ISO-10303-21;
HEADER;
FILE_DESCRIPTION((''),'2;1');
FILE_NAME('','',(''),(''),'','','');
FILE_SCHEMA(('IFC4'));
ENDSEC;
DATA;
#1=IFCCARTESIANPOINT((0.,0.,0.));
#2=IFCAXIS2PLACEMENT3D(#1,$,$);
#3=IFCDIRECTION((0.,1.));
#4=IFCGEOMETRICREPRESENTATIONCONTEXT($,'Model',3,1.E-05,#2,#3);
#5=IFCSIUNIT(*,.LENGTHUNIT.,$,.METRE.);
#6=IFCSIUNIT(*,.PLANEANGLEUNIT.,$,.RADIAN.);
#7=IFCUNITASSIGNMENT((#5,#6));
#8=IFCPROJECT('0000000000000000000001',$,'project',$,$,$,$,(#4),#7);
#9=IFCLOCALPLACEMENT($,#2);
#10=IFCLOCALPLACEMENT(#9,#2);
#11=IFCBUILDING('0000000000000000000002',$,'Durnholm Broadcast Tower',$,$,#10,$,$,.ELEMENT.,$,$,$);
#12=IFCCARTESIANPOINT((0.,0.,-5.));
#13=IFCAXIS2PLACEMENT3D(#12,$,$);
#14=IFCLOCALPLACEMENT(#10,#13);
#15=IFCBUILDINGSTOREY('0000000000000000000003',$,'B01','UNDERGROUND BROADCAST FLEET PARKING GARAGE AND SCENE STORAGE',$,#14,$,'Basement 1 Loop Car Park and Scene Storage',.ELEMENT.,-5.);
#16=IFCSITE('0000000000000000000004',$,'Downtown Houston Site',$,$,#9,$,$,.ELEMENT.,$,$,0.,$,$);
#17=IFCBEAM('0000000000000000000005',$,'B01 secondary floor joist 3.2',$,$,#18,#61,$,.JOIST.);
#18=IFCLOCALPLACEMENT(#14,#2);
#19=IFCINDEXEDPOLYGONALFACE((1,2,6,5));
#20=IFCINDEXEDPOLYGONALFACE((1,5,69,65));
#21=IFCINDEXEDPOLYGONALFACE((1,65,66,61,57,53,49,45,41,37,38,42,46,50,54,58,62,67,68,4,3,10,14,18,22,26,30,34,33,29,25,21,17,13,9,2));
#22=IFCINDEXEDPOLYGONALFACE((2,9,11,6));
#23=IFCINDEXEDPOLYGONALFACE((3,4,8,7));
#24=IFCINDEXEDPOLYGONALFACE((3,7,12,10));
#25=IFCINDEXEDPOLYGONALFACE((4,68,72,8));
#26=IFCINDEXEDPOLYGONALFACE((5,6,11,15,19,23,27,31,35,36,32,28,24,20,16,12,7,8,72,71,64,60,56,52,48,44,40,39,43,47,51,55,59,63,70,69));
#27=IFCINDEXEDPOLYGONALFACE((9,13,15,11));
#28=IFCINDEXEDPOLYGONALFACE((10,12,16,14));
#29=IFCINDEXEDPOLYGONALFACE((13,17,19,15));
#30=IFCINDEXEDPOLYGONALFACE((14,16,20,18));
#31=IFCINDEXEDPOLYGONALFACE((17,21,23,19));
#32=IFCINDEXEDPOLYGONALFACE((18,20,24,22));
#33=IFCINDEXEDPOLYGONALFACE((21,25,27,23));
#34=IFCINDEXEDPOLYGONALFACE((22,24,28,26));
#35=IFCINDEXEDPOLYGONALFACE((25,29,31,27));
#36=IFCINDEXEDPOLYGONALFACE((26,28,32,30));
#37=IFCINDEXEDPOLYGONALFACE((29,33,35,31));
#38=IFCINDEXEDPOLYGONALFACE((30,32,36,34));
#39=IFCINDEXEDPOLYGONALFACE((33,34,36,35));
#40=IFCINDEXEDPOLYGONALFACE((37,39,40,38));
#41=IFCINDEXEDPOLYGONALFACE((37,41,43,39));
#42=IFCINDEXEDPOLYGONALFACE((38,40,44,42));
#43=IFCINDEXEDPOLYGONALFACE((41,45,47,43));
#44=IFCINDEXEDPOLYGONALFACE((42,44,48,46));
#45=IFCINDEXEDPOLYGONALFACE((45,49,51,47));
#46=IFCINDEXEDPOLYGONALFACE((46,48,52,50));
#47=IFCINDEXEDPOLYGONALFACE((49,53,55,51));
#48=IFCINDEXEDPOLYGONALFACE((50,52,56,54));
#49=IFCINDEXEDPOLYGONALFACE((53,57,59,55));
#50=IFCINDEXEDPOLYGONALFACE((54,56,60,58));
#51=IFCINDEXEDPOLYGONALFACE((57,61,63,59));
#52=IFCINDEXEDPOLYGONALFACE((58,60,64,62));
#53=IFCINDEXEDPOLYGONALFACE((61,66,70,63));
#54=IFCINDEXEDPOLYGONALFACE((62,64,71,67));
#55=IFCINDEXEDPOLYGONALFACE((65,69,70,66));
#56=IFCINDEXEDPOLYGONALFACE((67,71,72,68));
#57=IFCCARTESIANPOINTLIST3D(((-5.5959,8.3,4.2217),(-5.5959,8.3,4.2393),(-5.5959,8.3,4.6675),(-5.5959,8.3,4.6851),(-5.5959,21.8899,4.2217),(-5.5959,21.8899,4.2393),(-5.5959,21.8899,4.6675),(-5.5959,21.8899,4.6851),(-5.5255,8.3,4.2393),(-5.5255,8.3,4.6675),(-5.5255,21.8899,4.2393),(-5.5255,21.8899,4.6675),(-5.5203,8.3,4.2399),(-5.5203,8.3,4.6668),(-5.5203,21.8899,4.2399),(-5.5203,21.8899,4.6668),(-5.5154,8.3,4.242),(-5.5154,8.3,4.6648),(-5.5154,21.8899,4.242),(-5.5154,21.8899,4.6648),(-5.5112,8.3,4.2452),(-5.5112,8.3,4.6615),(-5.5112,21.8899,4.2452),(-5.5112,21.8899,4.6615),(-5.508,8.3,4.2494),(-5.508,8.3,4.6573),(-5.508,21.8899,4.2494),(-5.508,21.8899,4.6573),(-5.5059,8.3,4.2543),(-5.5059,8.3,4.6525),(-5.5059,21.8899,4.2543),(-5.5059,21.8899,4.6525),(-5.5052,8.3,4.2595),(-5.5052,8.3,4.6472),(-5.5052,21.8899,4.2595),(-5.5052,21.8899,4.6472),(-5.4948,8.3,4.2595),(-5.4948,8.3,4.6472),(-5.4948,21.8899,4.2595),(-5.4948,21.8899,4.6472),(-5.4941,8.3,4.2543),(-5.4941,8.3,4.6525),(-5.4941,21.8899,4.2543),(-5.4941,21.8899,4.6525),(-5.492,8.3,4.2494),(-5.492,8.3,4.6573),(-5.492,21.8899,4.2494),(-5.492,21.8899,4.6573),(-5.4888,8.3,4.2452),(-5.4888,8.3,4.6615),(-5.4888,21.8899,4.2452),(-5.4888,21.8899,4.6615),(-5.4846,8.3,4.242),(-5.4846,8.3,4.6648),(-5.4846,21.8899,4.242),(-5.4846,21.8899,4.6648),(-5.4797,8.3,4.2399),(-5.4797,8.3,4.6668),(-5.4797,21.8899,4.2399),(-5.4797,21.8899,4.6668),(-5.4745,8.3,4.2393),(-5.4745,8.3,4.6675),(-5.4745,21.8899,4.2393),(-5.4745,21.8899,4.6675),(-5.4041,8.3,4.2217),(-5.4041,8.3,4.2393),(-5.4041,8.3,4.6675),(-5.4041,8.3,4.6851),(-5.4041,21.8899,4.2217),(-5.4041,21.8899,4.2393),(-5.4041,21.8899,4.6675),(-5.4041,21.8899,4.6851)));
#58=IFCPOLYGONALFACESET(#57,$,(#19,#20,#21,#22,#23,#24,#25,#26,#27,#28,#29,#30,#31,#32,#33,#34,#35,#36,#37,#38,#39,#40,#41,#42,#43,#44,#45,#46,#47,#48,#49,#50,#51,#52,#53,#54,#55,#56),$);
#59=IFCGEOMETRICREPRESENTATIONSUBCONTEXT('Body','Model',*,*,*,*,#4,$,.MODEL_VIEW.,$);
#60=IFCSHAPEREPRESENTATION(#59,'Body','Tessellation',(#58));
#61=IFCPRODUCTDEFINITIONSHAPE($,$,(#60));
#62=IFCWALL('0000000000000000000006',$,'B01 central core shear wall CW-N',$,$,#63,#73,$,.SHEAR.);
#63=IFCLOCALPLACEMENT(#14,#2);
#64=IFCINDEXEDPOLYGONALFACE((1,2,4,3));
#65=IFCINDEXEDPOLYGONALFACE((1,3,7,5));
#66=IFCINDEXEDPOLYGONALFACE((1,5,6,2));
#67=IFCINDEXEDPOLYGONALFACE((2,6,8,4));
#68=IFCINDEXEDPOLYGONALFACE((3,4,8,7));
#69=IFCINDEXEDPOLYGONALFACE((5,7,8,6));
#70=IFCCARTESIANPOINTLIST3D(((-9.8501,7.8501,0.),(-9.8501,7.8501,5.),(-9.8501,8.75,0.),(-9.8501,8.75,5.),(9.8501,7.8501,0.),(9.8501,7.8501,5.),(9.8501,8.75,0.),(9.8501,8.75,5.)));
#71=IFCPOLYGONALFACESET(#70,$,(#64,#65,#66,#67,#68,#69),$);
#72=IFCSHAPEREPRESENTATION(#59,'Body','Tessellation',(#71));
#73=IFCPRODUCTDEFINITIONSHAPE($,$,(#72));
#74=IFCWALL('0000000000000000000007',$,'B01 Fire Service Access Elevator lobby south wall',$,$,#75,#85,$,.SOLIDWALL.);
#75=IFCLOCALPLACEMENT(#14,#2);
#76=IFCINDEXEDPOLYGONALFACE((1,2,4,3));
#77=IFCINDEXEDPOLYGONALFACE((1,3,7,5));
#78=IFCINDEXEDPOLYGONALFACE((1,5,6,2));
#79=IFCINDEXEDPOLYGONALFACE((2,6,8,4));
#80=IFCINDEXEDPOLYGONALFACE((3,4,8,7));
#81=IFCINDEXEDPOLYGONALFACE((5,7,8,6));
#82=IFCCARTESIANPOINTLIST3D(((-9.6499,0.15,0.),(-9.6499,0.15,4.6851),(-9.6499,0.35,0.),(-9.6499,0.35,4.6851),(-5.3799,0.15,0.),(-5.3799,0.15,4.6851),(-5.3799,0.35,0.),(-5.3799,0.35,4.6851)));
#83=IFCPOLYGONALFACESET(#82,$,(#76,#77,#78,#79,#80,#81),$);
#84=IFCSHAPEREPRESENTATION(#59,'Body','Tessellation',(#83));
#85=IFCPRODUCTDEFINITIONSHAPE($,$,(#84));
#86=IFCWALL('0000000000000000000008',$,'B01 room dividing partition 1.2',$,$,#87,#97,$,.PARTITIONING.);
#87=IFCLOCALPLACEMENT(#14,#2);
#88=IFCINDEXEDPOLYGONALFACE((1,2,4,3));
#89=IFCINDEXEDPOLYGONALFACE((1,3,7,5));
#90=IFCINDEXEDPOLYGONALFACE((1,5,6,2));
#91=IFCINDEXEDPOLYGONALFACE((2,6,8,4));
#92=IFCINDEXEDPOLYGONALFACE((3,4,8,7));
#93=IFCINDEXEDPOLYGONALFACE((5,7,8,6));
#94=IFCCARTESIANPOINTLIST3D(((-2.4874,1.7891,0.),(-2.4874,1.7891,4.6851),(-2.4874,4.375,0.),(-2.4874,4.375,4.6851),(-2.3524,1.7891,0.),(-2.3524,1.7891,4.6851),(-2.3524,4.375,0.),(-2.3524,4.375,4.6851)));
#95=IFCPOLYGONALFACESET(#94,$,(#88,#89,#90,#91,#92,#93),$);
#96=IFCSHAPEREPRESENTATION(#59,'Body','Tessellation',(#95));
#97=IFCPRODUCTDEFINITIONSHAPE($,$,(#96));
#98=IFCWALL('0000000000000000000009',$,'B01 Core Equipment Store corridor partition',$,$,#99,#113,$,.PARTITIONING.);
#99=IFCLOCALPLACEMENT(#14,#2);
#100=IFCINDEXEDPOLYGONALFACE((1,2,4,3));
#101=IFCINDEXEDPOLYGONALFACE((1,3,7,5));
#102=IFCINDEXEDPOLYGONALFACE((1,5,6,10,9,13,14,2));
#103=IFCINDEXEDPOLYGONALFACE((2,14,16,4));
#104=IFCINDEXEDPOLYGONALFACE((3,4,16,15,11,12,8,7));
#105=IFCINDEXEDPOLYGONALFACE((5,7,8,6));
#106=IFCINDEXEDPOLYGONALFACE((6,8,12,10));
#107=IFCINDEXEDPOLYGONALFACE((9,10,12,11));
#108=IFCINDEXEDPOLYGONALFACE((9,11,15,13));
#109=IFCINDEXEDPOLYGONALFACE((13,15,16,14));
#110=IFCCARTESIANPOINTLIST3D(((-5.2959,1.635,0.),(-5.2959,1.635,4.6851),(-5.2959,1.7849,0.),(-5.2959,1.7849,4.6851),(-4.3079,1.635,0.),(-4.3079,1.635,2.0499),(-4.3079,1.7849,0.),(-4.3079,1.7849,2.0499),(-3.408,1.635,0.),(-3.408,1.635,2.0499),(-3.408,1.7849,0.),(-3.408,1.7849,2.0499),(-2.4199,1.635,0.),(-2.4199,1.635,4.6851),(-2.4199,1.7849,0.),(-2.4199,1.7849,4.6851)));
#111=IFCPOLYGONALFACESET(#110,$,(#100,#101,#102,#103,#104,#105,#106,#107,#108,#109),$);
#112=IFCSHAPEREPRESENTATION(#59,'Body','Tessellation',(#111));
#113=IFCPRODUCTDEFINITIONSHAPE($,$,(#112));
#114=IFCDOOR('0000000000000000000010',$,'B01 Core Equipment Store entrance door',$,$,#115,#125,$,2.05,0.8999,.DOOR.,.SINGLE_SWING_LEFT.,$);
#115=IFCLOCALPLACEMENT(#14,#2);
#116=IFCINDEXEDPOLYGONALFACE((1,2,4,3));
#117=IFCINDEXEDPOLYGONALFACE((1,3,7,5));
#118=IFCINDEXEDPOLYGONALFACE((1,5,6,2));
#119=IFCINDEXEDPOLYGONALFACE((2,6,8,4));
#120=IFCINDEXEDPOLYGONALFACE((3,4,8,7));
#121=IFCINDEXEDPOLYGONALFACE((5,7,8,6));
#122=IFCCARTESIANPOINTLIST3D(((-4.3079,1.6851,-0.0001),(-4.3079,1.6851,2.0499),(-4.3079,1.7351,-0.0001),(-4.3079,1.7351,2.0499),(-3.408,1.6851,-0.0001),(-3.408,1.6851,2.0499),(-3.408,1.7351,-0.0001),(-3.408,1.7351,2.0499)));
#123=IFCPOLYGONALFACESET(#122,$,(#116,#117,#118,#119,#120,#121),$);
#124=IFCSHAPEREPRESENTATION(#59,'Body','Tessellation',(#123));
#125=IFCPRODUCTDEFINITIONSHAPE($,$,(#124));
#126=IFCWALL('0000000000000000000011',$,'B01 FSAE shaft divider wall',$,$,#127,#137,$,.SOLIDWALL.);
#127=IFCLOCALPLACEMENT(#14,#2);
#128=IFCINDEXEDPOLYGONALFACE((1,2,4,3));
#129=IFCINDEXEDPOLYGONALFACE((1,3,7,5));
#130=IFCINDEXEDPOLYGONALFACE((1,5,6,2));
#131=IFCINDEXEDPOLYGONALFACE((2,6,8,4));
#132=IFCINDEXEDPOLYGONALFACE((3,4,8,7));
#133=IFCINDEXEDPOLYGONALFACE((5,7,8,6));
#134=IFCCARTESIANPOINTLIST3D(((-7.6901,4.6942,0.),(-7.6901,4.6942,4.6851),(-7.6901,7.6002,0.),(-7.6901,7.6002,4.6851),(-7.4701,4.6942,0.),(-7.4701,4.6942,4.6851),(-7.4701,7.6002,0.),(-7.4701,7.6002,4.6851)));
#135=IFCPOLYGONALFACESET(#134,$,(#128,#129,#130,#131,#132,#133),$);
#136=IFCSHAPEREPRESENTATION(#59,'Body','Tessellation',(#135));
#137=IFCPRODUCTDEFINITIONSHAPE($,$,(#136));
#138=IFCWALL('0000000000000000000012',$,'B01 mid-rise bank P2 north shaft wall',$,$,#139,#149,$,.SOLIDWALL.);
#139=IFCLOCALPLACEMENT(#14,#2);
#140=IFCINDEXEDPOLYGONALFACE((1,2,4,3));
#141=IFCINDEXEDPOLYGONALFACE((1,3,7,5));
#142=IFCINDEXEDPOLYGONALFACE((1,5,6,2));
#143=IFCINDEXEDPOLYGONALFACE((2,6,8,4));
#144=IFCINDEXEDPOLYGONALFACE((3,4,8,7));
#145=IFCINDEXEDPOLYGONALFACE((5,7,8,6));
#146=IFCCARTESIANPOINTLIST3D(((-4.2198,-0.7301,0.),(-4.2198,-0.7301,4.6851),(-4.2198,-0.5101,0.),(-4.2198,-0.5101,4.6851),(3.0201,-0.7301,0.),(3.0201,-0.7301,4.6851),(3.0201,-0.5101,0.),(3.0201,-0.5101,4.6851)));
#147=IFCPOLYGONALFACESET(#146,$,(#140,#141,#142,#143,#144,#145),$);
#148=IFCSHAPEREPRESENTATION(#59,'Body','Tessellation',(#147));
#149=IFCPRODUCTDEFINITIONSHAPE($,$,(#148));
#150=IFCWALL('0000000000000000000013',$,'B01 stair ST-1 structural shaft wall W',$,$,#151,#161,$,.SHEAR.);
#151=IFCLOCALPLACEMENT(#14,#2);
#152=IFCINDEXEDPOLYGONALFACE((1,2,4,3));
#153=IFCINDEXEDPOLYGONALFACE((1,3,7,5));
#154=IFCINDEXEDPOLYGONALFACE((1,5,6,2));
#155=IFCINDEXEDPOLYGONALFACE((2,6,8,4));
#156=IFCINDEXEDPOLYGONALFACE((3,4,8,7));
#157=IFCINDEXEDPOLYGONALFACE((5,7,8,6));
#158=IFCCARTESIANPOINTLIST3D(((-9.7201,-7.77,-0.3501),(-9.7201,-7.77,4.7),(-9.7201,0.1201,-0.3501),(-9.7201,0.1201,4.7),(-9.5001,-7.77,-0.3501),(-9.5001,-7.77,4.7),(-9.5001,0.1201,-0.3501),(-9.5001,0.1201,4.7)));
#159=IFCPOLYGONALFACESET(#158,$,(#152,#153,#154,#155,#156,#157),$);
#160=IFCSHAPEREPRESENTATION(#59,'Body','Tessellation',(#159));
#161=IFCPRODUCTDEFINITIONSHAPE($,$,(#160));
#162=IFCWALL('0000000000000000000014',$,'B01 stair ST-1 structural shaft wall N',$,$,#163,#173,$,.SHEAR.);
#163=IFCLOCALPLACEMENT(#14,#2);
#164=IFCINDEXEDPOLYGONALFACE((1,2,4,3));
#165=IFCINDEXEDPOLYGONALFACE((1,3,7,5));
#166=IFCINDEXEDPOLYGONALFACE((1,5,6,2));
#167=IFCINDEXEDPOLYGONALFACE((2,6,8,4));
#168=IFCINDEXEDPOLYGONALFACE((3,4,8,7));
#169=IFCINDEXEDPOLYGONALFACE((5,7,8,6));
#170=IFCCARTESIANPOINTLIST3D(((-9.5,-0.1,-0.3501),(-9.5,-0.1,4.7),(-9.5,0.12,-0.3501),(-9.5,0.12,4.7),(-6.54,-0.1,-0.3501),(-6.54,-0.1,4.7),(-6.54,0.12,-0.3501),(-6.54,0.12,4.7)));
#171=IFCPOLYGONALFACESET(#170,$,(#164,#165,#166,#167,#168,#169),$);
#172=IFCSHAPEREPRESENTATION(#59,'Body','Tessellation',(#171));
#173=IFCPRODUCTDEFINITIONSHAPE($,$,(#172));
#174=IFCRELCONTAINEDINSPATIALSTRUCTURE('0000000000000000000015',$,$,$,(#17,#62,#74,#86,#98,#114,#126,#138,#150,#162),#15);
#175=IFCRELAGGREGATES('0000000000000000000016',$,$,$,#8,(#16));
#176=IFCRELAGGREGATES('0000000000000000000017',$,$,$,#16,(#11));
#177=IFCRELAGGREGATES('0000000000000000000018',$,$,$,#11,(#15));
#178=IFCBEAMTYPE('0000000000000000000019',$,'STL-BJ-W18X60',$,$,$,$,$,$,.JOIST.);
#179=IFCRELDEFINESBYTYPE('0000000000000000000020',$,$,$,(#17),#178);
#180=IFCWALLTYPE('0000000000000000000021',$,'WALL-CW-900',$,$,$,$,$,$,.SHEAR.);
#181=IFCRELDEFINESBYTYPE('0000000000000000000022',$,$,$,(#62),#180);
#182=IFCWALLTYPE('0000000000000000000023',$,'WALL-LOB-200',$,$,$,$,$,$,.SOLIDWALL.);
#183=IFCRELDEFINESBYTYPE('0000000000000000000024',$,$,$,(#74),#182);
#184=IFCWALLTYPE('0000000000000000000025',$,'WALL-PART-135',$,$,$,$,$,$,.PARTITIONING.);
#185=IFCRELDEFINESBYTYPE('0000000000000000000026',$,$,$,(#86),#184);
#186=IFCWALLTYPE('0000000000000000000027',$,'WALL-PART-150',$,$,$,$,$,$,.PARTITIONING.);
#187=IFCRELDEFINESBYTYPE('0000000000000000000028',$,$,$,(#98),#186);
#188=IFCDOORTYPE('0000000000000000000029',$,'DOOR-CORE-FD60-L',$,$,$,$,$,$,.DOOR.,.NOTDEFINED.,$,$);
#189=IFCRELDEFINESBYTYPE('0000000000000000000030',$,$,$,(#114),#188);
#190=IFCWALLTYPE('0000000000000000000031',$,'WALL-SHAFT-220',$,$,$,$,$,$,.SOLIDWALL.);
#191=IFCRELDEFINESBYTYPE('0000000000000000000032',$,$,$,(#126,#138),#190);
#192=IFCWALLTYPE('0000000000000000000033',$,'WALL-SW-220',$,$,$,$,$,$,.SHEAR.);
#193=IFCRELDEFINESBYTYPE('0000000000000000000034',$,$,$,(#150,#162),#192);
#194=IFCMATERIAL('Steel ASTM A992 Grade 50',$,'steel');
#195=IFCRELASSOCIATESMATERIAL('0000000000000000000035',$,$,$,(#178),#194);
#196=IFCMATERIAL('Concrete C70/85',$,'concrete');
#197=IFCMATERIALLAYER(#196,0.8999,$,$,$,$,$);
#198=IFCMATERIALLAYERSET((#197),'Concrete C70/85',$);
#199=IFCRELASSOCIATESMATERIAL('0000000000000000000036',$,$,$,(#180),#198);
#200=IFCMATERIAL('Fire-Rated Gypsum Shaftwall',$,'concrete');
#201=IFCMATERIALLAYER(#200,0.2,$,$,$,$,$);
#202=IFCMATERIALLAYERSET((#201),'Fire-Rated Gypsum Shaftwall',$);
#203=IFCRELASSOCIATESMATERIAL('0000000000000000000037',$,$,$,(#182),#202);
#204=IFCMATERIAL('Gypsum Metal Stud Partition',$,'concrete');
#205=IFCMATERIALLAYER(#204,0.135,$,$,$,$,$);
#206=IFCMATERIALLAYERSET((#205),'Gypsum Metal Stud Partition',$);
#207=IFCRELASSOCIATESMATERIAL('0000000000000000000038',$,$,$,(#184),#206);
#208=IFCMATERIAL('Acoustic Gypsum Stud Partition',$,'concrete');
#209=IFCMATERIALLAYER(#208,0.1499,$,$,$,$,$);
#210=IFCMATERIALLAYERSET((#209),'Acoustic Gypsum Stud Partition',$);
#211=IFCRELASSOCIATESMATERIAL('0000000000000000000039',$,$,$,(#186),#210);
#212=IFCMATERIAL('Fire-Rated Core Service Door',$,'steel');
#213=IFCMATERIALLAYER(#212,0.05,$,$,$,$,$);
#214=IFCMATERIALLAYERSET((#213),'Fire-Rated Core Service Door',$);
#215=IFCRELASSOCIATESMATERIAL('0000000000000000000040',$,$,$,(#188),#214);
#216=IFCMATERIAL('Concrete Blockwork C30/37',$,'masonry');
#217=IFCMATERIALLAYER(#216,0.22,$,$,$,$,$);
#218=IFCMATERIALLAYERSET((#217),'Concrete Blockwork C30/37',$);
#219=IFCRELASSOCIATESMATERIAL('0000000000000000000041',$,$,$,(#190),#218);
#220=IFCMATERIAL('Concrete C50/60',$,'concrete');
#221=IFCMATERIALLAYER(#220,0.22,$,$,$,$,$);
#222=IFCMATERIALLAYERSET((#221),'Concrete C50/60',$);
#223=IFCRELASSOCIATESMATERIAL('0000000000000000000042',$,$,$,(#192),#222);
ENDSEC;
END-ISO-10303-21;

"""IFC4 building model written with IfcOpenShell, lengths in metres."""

from ifc_helpers import new_model, si_unit, direction, frame, frame_2d, origin, origin_2d, place, context, subcontext, project, spatial, rectangle, i_section, extrude, source, transform, mapped, material, layer, layer_set, material_profile, profile_set, type_object, type_shapes, element, fill, save


model = new_model("IFC4")

# Units and contexts
model_context = context("Model", 3, precision=1e-05, world=origin(), true_north=direction((0.0, 1.0)))
body_context = subcontext(model_context, "Body", "Model", "MODEL_VIEW")
ifc_project = project(units=[si_unit("LENGTHUNIT", "METRE"), si_unit("PLANEANGLEUNIT", "RADIAN")], contexts=[model_context])

# Site, building, storey
site_placement = place(None, origin())
site = spatial("IfcSite", under=ifc_project, at=site_placement, Name="Downtown Houston Site", CompositionType="ELEMENT", RefElevation=0.0)
building_placement = place(site_placement, origin())
building = spatial("IfcBuilding", under=site, at=building_placement, Name="Durnholm Broadcast Tower", CompositionType="ELEMENT")
storey_placement = place(building_placement, frame((0.0, 0.0, -5.0)))
storey = spatial("IfcBuildingStorey", under=building, at=storey_placement, Name="B01", Description="UNDERGROUND BROADCAST FLEET PARKING GARAGE AND SCENE STORAGE", LongName="Basement 1 Loop Car Park and Scene Storage", CompositionType="ELEMENT", Elevation=-5.0)

# Shared definitions
ifc_material_1 = material(Name="Concrete C70/85", Category="concrete")

# Beam
ifc_material_2 = material(Name="Steel ASTM A992 Grade 50", Category="steel")
ifc_material_profile_1 = material_profile(ifc_material_2, i_section(OverallWidth=0.1919, OverallDepth=0.4634, WebThickness=0.0105, FlangeThickness=0.0176, FilletRadius=0.0203, at=origin_2d()), Name="W18X60")
ifc_profile_set_1 = profile_set([ifc_material_profile_1], Name="Steel ASTM A992 Grade 50")
beam_type_1 = type_object("IfcBeamType", Name="STL-BJ-W18X60", PredefinedType="JOIST", material=ifc_profile_set_1)
shared_shape_1 = source(origin(), body_context, "Body", "SweptSolid", [
    extrude(i_section(OverallWidth=0.1919, OverallDepth=0.4634, WebThickness=0.0105, FlangeThickness=0.0176, FilletRadius=0.0203, at=origin_2d()), origin(), (0.0, 0.0, 1.0), 13.5898),
])
type_shapes(beam_type_1, [shared_shape_1])
beam_1_placement = place(storey_placement, frame((-5.5, 8.3, 4.4534), z_axis=(0.0, 1.0, 0.0), x_axis=(-1.0, 0.0, 0.0)))
element("IfcBeam", 1, at=beam_1_placement, inside=storey, type_object=beam_type_1, Name="B01 secondary floor joist 3.2", PredefinedType="JOIST", context=body_context, shape_type="MappedRepresentation", body=[
    mapped(shared_shape_1, transform((0.0, 0.0, 0.0), x_axis=(1.0, 0.0, 0.0), y_axis=(0.0, 1.0, 0.0), z_axis=(0.0, 0.0, 1.0), scale=1.0)),
])

# Walls
ifc_layer_1 = layer(ifc_material_1, 0.8999)
ifc_layer_set_1 = layer_set([ifc_layer_1], Name="Concrete C70/85")
wall_type_1 = type_object("IfcWallType", Name="WALL-CW-900", PredefinedType="SHEAR", material=ifc_layer_set_1)
wall_1_placement = place(storey_placement, frame((-9.8501, 8.3, 0.0), z_axis=(0.0, 0.0, 1.0), x_axis=(1.0, 0.0, 0.0)))
element("IfcWall", 2, at=wall_1_placement, inside=storey, type_object=wall_type_1, Name="B01 central core shear wall CW-N", PredefinedType="SHEAR", context=body_context, shape_type="SweptSolid", body=[
    extrude(rectangle(XDim=19.7002, YDim=0.8999, at=frame_2d((9.8501, 0.0))), origin(), (0.0, 0.0, 1.0), 5.0),
])
ifc_material_3 = material(Name="Fire-Rated Gypsum Shaftwall", Category="concrete")
ifc_layer_2 = layer(ifc_material_3, 0.2)
ifc_layer_set_2 = layer_set([ifc_layer_2], Name="Fire-Rated Gypsum Shaftwall")
wall_type_2 = type_object("IfcWallType", Name="WALL-LOB-200", PredefinedType="SOLIDWALL", material=ifc_layer_set_2)
wall_2_placement = place(storey_placement, frame((-9.6499, 0.25, 0.0), z_axis=(0.0, 0.0, 1.0), x_axis=(1.0, 0.0, 0.0)))
element("IfcWall", 3, at=wall_2_placement, inside=storey, type_object=wall_type_2, Name="B01 Fire Service Access Elevator lobby south wall", PredefinedType="SOLIDWALL", context=body_context, shape_type="SweptSolid", body=[
    extrude(rectangle(XDim=4.27, YDim=0.2, at=frame_2d((2.135, 0.0))), origin(), (0.0, 0.0, 1.0), 4.6851),
])

# Wall
ifc_material_4 = material(Name="Gypsum Metal Stud Partition", Category="concrete")
ifc_layer_3 = layer(ifc_material_4, 0.135)
ifc_layer_set_3 = layer_set([ifc_layer_3], Name="Gypsum Metal Stud Partition")
wall_type_3 = type_object("IfcWallType", Name="WALL-PART-135", PredefinedType="PARTITIONING", material=ifc_layer_set_3)
wall_3_placement = place(storey_placement, frame((-2.4199, 4.375, 0.0), z_axis=(0.0, 0.0, 1.0), x_axis=(0.0, -1.0, 0.0)))
element("IfcWall", 4, at=wall_3_placement, inside=storey, type_object=wall_type_3, Name="B01 room dividing partition 1.2", PredefinedType="PARTITIONING", context=body_context, shape_type="SweptSolid", body=[
    extrude(rectangle(XDim=2.5859, YDim=0.135, at=frame_2d((1.293, 0.0))), origin(), (0.0, 0.0, 1.0), 4.6851),
])

# Wall, opening, door
ifc_material_5 = material(Name="Acoustic Gypsum Stud Partition", Category="concrete")
ifc_layer_4 = layer(ifc_material_5, 0.1499)
ifc_layer_set_4 = layer_set([ifc_layer_4], Name="Acoustic Gypsum Stud Partition")
wall_type_4 = type_object("IfcWallType", Name="WALL-PART-150", PredefinedType="PARTITIONING", material=ifc_layer_set_4)
wall_4_placement = place(storey_placement, frame((-2.4199, 1.71, 0.0), z_axis=(0.0, 0.0, 1.0), x_axis=(-1.0, 0.0, 0.0)))
wall_4 = element("IfcWall", 5, at=wall_4_placement, inside=storey, type_object=wall_type_4, Name="B01 Core Equipment Store corridor partition", PredefinedType="PARTITIONING", context=body_context, shape_type="SweptSolid", body=[
    extrude(rectangle(XDim=2.876, YDim=0.1499, at=frame_2d((1.438, 0.0))), origin(), (0.0, 0.0, 1.0), 4.6851),
])
opening_1_placement = place(wall_4_placement, frame((0.988, 0.0, 0.0)))
opening_1 = element("IfcOpeningElement", 6, at=opening_1_placement, cuts=wall_4, PredefinedType="OPENING", context=body_context, shape_type="SweptSolid", body=[
    extrude(rectangle(XDim=0.8999, YDim=2.05, at=frame_2d((0.45, 1.0249))), frame((0.0, 0.085, 0.0), z_axis=(0.0, -1.0, 0.0), x_axis=(1.0, 0.0, 0.0)), (0.0, 0.0, 1.0), 0.1699),
])
ifc_material_6 = material(Name="Fire-Rated Core Service Door", Category="steel")
ifc_layer_5 = layer(ifc_material_6, 0.05)
ifc_layer_set_5 = layer_set([ifc_layer_5], Name="Fire-Rated Core Service Door")
door_type_1 = type_object("IfcDoorType", Name="DOOR-CORE-FD60-L", OperationType="NOTDEFINED", PredefinedType="DOOR", material=ifc_layer_set_5)
shared_shape_2 = source(origin(), body_context, "Body", "SweptSolid", [
    extrude(rectangle(XDim=0.8999, YDim=2.05, at=frame_2d((0.45, 1.0249))), frame((0.0, 0.0249, 0.0), z_axis=(0.0, -1.0, 0.0), x_axis=(1.0, 0.0, 0.0)), (0.0, 0.0, 1.0), 0.05),
])
type_shapes(door_type_1, [shared_shape_2])
door_1_placement = place(opening_1_placement, origin())
door_1 = element("IfcDoor", 7, at=door_1_placement, inside=storey, type_object=door_type_1, Name="B01 Core Equipment Store entrance door", OperationType="SINGLE_SWING_LEFT", OverallHeight=2.05, OverallWidth=0.8999, PredefinedType="DOOR", context=body_context, shape_type="MappedRepresentation", body=[
    mapped(shared_shape_2, transform((0.0, 0.0, 0.0), x_axis=(1.0, 0.0, 0.0), y_axis=(0.0, 1.0, 0.0), z_axis=(0.0, 0.0, 1.0), scale=1.0)),
])
fill(opening_1, door_1)

# Shared definitions
ifc_material_7 = material(Name="Concrete Blockwork C30/37", Category="masonry")
ifc_layer_6 = layer(ifc_material_7, 0.22)
ifc_layer_set_6 = layer_set([ifc_layer_6], Name="Concrete Blockwork C30/37")
wall_type_5 = type_object("IfcWallType", Name="WALL-SHAFT-220", PredefinedType="SOLIDWALL", material=ifc_layer_set_6)

# Walls
wall_5_placement = place(storey_placement, frame((-7.5801, 4.6941, 0.0), z_axis=(0.0, 0.0, 1.0), x_axis=(0.0, 1.0, 0.0)))
element("IfcWall", 8, at=wall_5_placement, inside=storey, type_object=wall_type_5, Name="B01 FSAE shaft divider wall", PredefinedType="SOLIDWALL", context=body_context, shape_type="SweptSolid", body=[
    extrude(rectangle(XDim=2.906, YDim=0.22, at=frame_2d((1.4531, 0.0))), origin(), (0.0, 0.0, 1.0), 4.6851),
])
wall_6_placement = place(storey_placement, frame((-4.22, -0.6201, 0.0), z_axis=(0.0, 0.0, 1.0), x_axis=(1.0, 0.0, 0.0)))
element("IfcWall", 9, at=wall_6_placement, inside=storey, type_object=wall_type_5, Name="B01 mid-rise bank P2 north shaft wall", PredefinedType="SOLIDWALL", context=body_context, shape_type="SweptSolid", body=[
    extrude(rectangle(XDim=7.24, YDim=0.22, at=frame_2d((3.6201, 0.0))), origin(), (0.0, 0.0, 1.0), 4.6851),
])
ifc_material_8 = material(Name="Concrete C50/60", Category="concrete")
ifc_layer_7 = layer(ifc_material_8, 0.22)
ifc_layer_set_7 = layer_set([ifc_layer_7], Name="Concrete C50/60")
wall_type_6 = type_object("IfcWallType", Name="WALL-SW-220", PredefinedType="SHEAR", material=ifc_layer_set_7)
wall_7_placement = place(storey_placement, frame((-9.6101, 0.1201, -0.3501), z_axis=(0.0, 0.0, 1.0), x_axis=(0.0, -1.0, 0.0)))
element("IfcWall", 10, at=wall_7_placement, inside=storey, type_object=wall_type_6, Name="B01 stair ST-1 structural shaft wall W", PredefinedType="SHEAR", context=body_context, shape_type="SweptSolid", body=[
    extrude(rectangle(XDim=7.8901, YDim=0.22, at=frame_2d((3.9451, 0.0))), origin(), (0.0, 0.0, 1.0), 5.05),
])
wall_8_placement = place(storey_placement, frame((-6.54, 0.01, -0.3501), z_axis=(0.0, 0.0, 1.0), x_axis=(-1.0, 0.0, 0.0)))
element("IfcWall", 11, at=wall_8_placement, inside=storey, type_object=wall_type_6, Name="B01 stair ST-1 structural shaft wall N", PredefinedType="SHEAR", context=body_context, shape_type="SweptSolid", body=[
    extrude(rectangle(XDim=2.96, YDim=0.22, at=frame_2d((1.48, 0.0))), origin(), (0.0, 0.0, 1.0), 5.05),
])

save(model, "model.ifc")
